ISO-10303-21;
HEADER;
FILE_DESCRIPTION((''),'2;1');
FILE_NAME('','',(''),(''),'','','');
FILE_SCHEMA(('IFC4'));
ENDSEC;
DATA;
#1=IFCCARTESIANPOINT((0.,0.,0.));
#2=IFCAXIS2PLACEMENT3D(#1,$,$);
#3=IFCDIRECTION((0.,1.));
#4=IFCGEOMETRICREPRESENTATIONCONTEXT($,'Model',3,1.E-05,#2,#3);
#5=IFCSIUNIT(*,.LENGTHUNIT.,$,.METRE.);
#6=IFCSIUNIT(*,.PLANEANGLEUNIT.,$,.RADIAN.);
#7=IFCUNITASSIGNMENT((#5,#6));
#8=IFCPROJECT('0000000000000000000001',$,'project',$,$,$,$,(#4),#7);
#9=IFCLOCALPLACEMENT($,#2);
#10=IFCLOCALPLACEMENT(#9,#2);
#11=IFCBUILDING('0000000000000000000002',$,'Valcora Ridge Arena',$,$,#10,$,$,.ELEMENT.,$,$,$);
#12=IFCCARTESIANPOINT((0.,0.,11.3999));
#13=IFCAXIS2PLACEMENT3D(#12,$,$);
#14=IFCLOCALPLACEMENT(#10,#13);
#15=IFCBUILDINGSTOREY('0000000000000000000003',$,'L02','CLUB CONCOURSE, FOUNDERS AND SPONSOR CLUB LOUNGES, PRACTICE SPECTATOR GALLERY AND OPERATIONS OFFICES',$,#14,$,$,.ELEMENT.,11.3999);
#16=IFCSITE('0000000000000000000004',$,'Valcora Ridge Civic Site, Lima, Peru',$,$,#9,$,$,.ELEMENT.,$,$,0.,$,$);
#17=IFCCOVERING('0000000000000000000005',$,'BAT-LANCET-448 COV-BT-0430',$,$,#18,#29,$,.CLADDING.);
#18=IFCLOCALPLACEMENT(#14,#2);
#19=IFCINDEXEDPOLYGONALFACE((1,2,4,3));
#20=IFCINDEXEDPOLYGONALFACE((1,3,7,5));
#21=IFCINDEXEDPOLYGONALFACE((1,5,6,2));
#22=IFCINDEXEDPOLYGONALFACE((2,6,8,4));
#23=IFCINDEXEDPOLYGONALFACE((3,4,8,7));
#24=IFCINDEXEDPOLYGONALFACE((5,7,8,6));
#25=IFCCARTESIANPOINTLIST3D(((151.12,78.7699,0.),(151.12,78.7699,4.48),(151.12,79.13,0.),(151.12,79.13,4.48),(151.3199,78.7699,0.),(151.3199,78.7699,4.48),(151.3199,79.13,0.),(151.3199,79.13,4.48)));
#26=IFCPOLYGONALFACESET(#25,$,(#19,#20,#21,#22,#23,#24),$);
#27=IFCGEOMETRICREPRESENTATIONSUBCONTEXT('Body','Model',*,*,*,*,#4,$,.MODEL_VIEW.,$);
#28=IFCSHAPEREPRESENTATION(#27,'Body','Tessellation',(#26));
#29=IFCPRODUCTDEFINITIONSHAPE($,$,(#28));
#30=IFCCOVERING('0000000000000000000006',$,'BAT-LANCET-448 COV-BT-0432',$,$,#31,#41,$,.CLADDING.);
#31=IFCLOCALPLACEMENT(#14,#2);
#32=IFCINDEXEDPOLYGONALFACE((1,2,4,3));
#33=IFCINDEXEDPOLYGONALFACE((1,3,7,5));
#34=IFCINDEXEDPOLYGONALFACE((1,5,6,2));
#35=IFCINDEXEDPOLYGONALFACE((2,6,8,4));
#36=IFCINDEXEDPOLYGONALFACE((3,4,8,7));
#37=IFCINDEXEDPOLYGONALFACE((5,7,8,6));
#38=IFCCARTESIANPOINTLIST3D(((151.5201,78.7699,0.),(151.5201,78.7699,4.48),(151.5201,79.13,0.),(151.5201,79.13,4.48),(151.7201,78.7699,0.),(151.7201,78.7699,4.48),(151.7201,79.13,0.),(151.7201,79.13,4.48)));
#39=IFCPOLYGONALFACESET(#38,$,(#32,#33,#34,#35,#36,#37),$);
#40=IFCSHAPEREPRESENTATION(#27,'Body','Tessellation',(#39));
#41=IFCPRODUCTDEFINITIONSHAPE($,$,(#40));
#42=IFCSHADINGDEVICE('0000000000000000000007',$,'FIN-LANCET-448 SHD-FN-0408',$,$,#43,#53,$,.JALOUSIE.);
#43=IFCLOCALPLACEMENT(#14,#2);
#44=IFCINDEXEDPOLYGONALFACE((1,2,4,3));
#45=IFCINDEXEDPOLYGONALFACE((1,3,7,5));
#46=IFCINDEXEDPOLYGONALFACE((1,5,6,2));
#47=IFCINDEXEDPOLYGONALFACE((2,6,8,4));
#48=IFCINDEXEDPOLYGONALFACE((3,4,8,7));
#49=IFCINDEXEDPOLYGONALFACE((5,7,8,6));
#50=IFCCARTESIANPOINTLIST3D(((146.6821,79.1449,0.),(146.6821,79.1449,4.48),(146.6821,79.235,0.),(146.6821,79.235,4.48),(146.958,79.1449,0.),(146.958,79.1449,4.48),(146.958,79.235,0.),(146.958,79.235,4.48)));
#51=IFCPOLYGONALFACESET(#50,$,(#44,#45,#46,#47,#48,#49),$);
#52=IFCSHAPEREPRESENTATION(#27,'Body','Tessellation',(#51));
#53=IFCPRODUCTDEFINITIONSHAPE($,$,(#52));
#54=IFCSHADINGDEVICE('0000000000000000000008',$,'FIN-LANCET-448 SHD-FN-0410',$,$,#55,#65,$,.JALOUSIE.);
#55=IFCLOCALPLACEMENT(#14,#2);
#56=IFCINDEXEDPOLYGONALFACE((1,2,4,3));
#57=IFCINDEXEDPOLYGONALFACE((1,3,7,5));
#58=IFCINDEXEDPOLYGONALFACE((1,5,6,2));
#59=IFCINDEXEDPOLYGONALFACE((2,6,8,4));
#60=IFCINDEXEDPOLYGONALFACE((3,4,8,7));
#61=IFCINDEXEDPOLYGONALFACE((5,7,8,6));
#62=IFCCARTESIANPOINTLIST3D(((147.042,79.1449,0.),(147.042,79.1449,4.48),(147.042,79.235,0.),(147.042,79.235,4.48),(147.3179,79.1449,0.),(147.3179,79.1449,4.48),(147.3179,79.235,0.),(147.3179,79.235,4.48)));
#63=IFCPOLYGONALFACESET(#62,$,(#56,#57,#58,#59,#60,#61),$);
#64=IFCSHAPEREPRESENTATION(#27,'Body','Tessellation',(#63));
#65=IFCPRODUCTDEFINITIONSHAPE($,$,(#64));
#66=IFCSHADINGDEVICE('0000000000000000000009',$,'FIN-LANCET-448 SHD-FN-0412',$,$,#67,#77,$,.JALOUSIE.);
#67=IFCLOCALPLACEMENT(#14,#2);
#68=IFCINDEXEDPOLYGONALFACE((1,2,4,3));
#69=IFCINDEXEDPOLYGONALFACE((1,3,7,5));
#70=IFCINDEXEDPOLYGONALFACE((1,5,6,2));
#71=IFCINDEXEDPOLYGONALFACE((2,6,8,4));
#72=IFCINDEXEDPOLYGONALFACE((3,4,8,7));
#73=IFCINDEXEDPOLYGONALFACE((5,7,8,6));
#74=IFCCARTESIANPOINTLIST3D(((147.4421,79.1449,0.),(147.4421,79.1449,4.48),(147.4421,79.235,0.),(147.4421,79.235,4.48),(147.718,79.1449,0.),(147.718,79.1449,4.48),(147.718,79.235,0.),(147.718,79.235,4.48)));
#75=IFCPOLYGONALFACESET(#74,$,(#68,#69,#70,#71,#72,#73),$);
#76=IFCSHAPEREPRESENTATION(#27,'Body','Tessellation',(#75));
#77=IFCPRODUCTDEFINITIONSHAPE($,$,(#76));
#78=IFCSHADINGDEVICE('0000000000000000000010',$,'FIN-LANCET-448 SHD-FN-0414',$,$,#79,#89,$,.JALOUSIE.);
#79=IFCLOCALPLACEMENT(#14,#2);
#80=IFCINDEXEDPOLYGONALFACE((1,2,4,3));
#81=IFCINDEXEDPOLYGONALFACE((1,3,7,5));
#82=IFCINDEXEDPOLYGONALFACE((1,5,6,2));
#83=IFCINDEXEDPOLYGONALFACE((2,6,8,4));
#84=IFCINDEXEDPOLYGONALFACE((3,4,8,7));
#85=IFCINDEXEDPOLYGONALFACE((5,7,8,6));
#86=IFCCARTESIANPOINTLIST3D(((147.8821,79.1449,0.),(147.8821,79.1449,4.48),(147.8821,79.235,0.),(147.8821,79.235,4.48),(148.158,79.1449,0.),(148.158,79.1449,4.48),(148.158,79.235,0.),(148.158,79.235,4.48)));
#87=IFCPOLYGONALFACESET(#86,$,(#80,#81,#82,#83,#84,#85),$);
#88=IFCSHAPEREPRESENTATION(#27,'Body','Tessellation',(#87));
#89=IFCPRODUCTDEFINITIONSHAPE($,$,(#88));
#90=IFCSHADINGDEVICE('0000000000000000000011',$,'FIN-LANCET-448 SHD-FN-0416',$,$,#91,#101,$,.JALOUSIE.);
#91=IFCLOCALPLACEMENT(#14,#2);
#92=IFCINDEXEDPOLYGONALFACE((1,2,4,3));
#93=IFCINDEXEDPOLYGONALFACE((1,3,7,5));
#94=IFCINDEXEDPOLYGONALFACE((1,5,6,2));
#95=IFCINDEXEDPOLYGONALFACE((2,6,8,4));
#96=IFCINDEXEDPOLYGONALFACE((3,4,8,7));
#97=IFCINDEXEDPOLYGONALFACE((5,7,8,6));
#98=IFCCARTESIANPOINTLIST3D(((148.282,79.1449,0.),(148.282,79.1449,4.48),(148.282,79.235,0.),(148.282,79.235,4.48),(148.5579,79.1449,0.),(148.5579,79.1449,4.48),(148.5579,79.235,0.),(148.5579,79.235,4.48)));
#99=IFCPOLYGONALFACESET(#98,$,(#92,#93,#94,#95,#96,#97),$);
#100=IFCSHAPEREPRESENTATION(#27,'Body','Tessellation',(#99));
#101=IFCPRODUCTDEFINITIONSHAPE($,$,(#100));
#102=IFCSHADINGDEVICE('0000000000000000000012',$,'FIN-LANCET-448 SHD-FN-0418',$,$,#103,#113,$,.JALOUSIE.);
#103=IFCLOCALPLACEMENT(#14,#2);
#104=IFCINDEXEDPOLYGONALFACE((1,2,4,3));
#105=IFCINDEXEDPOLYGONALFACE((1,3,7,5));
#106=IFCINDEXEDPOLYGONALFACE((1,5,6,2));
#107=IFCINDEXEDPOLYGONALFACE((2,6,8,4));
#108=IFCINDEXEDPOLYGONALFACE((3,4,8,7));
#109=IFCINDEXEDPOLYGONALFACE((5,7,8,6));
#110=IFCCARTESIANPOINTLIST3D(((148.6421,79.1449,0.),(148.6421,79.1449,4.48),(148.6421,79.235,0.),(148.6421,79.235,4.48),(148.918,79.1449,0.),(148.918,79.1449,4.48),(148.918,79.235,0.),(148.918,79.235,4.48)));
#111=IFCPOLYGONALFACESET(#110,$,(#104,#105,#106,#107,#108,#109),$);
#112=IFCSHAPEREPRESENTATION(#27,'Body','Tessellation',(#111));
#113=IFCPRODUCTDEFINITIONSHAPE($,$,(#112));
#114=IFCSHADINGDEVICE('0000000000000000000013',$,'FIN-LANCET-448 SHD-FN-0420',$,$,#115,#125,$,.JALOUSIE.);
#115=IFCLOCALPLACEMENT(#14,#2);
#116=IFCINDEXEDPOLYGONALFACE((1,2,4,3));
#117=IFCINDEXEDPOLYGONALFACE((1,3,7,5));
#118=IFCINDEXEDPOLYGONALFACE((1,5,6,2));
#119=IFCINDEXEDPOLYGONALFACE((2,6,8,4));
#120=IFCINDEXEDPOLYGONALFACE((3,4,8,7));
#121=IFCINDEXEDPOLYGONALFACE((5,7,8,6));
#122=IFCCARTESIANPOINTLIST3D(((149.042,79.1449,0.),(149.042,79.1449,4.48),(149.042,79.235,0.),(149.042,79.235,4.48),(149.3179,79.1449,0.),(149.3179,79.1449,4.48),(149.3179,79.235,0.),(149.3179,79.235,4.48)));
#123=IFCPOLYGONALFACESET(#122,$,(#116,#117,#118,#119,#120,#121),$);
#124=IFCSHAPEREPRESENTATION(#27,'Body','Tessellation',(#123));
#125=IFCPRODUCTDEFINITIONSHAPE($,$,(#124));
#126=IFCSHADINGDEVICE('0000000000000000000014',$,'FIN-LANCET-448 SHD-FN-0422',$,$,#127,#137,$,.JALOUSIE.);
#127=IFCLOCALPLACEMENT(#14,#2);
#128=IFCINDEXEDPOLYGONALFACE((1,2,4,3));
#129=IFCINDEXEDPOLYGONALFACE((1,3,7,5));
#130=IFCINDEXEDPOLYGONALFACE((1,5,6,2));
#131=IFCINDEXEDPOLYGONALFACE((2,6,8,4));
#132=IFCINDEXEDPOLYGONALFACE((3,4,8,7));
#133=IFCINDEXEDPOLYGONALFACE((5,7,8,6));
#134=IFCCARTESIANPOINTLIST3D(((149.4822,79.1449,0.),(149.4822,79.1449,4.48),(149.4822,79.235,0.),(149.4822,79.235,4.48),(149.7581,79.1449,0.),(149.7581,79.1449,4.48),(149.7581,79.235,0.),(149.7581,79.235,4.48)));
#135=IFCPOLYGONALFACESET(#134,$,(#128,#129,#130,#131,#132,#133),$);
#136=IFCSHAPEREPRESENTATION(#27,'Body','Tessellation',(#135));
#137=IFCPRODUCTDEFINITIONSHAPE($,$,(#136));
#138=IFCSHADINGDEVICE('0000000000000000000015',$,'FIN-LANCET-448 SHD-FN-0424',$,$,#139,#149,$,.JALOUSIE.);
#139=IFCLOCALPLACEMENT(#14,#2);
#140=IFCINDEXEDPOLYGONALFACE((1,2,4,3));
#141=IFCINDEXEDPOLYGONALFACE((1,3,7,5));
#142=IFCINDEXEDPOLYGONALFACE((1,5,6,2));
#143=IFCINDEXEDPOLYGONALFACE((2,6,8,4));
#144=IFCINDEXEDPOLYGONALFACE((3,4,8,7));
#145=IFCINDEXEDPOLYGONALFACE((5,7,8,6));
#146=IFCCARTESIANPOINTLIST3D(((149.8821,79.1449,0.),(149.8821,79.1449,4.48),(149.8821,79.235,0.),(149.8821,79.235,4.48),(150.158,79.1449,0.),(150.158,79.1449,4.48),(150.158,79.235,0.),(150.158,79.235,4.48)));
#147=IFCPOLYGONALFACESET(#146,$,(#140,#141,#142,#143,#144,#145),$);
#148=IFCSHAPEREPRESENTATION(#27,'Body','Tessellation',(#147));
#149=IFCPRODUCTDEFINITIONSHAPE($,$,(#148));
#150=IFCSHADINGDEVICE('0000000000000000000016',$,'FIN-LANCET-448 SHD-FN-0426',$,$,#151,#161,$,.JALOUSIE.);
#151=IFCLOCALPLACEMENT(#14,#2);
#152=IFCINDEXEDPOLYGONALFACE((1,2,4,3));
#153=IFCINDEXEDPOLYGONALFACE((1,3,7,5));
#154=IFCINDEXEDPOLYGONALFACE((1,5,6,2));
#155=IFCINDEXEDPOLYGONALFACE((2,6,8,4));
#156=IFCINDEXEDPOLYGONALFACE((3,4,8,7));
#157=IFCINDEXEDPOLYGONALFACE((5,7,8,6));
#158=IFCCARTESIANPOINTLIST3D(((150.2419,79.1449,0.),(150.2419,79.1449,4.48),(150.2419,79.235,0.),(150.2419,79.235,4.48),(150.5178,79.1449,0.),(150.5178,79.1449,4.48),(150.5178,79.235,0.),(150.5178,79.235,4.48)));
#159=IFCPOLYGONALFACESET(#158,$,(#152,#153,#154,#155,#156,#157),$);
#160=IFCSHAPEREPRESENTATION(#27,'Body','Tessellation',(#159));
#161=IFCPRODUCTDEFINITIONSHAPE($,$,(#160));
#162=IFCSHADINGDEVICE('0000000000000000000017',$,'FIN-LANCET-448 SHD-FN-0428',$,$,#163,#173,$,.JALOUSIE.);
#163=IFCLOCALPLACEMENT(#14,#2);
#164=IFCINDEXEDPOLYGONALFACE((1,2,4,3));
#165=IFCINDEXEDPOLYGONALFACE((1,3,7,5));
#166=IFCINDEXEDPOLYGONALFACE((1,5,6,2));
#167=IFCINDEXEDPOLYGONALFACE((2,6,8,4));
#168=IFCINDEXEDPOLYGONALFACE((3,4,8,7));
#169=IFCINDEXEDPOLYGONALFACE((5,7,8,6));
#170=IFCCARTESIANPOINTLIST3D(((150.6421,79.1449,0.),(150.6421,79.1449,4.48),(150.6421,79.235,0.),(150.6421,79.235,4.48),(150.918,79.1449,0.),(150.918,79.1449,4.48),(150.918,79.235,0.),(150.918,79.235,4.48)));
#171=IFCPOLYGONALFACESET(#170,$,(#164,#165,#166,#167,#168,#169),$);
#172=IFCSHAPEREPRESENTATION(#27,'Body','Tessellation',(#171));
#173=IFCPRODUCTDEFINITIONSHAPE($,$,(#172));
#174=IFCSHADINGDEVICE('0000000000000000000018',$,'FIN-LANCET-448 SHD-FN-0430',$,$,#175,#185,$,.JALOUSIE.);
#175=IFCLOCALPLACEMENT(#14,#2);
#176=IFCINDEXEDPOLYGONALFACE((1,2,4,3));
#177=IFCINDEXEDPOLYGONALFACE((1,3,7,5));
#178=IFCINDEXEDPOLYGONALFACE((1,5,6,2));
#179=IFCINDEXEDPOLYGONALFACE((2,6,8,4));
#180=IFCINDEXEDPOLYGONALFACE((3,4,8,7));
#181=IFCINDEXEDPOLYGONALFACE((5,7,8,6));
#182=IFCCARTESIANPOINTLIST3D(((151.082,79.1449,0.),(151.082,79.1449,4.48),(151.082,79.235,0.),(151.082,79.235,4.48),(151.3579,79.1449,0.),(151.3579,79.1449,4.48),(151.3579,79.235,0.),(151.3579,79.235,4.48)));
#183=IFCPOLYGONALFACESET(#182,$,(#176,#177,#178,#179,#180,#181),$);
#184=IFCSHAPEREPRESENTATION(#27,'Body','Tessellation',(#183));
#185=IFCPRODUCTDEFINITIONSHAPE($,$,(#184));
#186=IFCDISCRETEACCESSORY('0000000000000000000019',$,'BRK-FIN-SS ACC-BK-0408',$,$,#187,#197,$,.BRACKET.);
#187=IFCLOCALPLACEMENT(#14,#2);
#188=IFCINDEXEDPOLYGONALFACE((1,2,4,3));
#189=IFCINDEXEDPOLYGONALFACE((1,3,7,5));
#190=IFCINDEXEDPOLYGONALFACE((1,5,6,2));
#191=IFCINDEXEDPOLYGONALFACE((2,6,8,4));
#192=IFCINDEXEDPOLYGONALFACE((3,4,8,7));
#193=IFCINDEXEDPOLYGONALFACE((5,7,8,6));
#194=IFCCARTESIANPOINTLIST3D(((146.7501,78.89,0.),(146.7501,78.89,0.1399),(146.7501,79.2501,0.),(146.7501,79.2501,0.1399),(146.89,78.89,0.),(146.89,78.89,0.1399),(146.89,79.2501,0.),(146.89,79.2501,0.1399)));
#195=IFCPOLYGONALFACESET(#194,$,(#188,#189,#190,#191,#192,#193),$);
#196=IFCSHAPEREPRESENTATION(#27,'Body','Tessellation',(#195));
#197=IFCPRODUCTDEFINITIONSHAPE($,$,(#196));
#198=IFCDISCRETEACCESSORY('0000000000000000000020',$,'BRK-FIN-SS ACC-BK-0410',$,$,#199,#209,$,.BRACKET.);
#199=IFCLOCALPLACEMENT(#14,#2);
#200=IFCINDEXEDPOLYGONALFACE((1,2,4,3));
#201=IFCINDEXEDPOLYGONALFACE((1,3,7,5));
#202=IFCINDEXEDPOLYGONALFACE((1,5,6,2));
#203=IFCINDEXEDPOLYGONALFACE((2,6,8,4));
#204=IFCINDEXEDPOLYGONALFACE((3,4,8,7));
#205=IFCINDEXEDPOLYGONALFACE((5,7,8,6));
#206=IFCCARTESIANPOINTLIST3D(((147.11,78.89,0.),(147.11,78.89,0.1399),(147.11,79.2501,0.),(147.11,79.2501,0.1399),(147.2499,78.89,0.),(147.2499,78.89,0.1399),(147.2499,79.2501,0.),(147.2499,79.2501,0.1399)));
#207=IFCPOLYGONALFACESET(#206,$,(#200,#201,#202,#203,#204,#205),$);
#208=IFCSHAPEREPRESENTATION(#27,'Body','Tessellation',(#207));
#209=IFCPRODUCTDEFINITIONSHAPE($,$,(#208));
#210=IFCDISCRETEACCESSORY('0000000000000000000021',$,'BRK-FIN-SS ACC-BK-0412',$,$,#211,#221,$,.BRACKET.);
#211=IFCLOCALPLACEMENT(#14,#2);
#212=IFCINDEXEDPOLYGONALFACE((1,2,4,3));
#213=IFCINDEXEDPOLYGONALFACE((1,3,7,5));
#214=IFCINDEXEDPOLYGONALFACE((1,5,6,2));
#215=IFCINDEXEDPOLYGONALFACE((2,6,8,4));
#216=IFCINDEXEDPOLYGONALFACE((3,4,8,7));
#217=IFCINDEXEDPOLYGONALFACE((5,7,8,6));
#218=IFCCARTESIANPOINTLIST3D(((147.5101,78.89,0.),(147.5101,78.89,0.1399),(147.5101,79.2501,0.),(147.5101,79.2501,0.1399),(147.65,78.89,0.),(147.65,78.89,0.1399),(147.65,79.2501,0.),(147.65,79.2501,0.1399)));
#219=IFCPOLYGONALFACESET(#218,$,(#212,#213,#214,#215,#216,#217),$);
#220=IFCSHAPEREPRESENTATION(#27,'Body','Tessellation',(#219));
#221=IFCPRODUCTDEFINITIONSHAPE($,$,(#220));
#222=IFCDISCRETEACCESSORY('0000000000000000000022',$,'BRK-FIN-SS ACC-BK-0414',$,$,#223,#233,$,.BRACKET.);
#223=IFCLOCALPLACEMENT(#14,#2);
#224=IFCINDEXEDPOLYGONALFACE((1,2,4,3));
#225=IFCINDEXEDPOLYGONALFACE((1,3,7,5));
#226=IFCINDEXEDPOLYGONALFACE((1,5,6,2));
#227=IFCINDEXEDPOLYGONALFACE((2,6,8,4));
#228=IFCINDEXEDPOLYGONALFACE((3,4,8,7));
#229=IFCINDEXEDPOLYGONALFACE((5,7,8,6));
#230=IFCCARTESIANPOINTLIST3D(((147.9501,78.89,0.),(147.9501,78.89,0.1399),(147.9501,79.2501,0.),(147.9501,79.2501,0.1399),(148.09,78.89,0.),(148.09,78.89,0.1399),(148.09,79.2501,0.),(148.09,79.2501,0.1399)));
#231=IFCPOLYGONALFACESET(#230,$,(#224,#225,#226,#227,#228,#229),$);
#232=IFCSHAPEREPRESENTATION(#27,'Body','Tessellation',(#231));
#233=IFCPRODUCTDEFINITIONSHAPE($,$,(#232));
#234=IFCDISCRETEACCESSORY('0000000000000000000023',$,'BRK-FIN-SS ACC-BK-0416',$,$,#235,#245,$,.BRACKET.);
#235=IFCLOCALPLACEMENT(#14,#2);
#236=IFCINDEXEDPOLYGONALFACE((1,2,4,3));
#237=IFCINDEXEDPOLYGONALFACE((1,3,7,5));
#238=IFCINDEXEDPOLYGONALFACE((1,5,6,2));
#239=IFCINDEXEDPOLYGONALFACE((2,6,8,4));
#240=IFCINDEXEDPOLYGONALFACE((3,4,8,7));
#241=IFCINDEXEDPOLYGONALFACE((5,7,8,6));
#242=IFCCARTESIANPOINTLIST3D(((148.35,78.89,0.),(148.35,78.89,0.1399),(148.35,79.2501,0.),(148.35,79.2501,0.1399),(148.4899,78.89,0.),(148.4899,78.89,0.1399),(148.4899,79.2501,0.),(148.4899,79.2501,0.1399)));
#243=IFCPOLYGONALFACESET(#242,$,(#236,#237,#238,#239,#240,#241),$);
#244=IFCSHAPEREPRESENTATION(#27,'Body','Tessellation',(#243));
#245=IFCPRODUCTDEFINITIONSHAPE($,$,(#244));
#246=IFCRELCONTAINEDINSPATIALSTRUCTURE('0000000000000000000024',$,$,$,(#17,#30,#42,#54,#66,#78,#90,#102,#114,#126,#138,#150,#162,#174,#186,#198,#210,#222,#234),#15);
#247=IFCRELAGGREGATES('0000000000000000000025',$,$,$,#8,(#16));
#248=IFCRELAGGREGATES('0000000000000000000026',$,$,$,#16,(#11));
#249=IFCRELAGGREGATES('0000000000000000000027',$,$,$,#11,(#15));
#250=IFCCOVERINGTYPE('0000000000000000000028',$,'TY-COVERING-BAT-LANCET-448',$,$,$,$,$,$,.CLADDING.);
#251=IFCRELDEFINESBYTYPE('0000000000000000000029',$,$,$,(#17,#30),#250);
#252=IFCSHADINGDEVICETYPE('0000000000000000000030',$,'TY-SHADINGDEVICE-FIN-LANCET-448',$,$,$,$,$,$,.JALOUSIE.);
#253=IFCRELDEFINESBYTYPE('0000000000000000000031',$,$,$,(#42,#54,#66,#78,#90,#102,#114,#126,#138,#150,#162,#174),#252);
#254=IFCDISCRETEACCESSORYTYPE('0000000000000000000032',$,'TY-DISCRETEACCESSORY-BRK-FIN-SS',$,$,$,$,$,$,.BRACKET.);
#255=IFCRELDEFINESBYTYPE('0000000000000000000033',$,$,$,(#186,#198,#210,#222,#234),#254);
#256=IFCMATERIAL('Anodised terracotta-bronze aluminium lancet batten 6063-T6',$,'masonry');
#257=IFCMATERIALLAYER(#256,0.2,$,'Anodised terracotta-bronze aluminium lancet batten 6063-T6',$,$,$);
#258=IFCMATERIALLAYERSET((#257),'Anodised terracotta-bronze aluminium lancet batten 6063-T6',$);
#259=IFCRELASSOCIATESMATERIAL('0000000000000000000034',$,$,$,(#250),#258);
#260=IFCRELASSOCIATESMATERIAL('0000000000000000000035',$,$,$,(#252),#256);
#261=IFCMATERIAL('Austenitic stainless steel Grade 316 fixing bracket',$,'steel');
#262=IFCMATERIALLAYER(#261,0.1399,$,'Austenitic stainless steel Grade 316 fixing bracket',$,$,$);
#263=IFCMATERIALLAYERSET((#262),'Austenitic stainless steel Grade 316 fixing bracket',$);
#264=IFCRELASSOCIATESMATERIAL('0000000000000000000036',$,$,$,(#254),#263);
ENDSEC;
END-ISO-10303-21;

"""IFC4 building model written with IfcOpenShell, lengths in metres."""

from ifc_helpers import new_model, si_unit, direction, frame, origin, origin_2d, place, context, subcontext, project, spatial, rectangle, extrude, material, layer, layer_set, material_profile, profile_set, type_object, element, save


model = new_model("IFC4")

# Units and contexts
model_context = context("Model", 3, precision=1e-05, world=origin(), true_north=direction((0.0, 1.0)))
body_context = subcontext(model_context, "Body", "Model", "MODEL_VIEW")
ifc_project = project(units=[si_unit("LENGTHUNIT", "METRE"), si_unit("PLANEANGLEUNIT", "RADIAN")], contexts=[model_context])

# Site, building, storey
site_placement = place(None, origin())
site = spatial("IfcSite", under=ifc_project, at=site_placement, Name="Valcora Ridge Civic Site, Lima, Peru", CompositionType="ELEMENT", RefElevation=0.0)
building_placement = place(site_placement, origin())
building = spatial("IfcBuilding", under=site, at=building_placement, Name="Valcora Ridge Arena", CompositionType="ELEMENT")
storey_placement = place(building_placement, frame((0.0, 0.0, 11.3999)))
storey = spatial("IfcBuildingStorey", under=building, at=storey_placement, Name="L02", Description="CLUB CONCOURSE, FOUNDERS AND SPONSOR CLUB LOUNGES, PRACTICE SPECTATOR GALLERY AND OPERATIONS OFFICES", CompositionType="ELEMENT", Elevation=11.3999)

# Coverings
ifc_material_1 = material(Name="Anodised terracotta-bronze aluminium lancet batten 6063-T6", Category="masonry")
ifc_layer_1 = layer(ifc_material_1, 0.2, Name="Anodised terracotta-bronze aluminium lancet batten 6063-T6")
ifc_layer_set_1 = layer_set([ifc_layer_1], Name="Anodised terracotta-bronze aluminium lancet batten 6063-T6")
covering_type = type_object("IfcCoveringType", Name="TY-COVERING-BAT-LANCET-448", PredefinedType="CLADDING", material=ifc_layer_set_1)
for number, where, z_axis, x_axis, name in (
    (1, (151.22, 78.95, 0.0), (0.0, 0.0, 1.0), (1.0, 0.0, 0.0), "BAT-LANCET-448 COV-BT-0430"),
    (2, (151.6201, 78.95, 0.0), (0.0, 0.0, 1.0), (1.0, 0.0, 0.0), "BAT-LANCET-448 COV-BT-0432"),
):
    element("IfcCovering", number, at=place(storey_placement, frame(where, z_axis=z_axis, x_axis=x_axis)), inside=storey, type_object=covering_type, Name=name, PredefinedType="CLADDING", context=body_context, shape_type="SweptSolid", body=[
        extrude(rectangle(XDim=0.2, YDim=0.3601, at=origin_2d()), origin(), (0.0, 0.0, 1.0), 4.48),
    ])

# Shading devices
ifc_material_profile_1 = material_profile(ifc_material_1, rectangle(XDim=0.0901, YDim=0.2759, at=origin_2d()), Name="ALU LANCET BATTEN 90x276")
ifc_profile_set_1 = profile_set([ifc_material_profile_1], Name="Anodised terracotta-bronze aluminium lancet batten 6063-T6")
shading_device_type = type_object("IfcShadingDeviceType", Name="TY-SHADINGDEVICE-FIN-LANCET-448", PredefinedType="JALOUSIE", material=ifc_profile_set_1)
for number, where, z_axis, x_axis, name in (
    (3, (146.8201, 79.1899, 0.0), (0.0, 0.0, 1.0), (0.0, 1.0, 0.0), "FIN-LANCET-448 SHD-FN-0408"),
    (4, (147.1799, 79.1899, 0.0), (0.0, 0.0, 1.0), (0.0, 1.0, 0.0), "FIN-LANCET-448 SHD-FN-0410"),
    (5, (147.5801, 79.1899, 0.0), (0.0, 0.0, 1.0), (0.0, 1.0, 0.0), "FIN-LANCET-448 SHD-FN-0412"),
    (6, (148.02, 79.1899, 0.0), (0.0, 0.0, 1.0), (0.0, 1.0, 0.0), "FIN-LANCET-448 SHD-FN-0414"),
    (7, (148.4199, 79.1899, 0.0), (0.0, 0.0, 1.0), (0.0, 1.0, 0.0), "FIN-LANCET-448 SHD-FN-0416"),
    (8, (148.78, 79.1899, 0.0), (0.0, 0.0, 1.0), (0.0, 1.0, 0.0), "FIN-LANCET-448 SHD-FN-0418"),
    (9, (149.1799, 79.1899, 0.0), (0.0, 0.0, 1.0), (0.0, 1.0, 0.0), "FIN-LANCET-448 SHD-FN-0420"),
    (10, (149.6201, 79.1899, 0.0), (0.0, 0.0, 1.0), (0.0, 1.0, 0.0), "FIN-LANCET-448 SHD-FN-0422"),
    (11, (150.02, 79.1899, 0.0), (0.0, 0.0, 1.0), (0.0, 1.0, 0.0), "FIN-LANCET-448 SHD-FN-0424"),
    (12, (150.3799, 79.1899, 0.0), (0.0, 0.0, 1.0), (0.0, 1.0, 0.0), "FIN-LANCET-448 SHD-FN-0426"),
    (13, (150.78, 79.1899, 0.0), (0.0, 0.0, 1.0), (0.0, 1.0, 0.0), "FIN-LANCET-448 SHD-FN-0428"),
    (14, (151.22, 79.1899, 0.0), (0.0, 0.0, 1.0), (0.0, 1.0, 0.0), "FIN-LANCET-448 SHD-FN-0430"),
):
    element("IfcShadingDevice", number, at=place(storey_placement, frame(where, z_axis=z_axis, x_axis=x_axis)), inside=storey, type_object=shading_device_type, Name=name, PredefinedType="JALOUSIE", context=body_context, shape_type="SweptSolid", body=[
        extrude(rectangle(XDim=0.0901, YDim=0.2759, at=origin_2d()), origin(), (0.0, 0.0, 1.0), 4.48),
    ])

# Discrete accessories
ifc_material_2 = material(Name="Austenitic stainless steel Grade 316 fixing bracket", Category="steel")
ifc_layer_2 = layer(ifc_material_2, 0.1399, Name="Austenitic stainless steel Grade 316 fixing bracket")
ifc_layer_set_2 = layer_set([ifc_layer_2], Name="Austenitic stainless steel Grade 316 fixing bracket")
discrete_accessory_type = type_object("IfcDiscreteAccessoryType", Name="TY-DISCRETEACCESSORY-BRK-FIN-SS", PredefinedType="BRACKET", material=ifc_layer_set_2)
for number, where, z_axis, x_axis, name in (
    (15, (146.8201, 79.0701, 0.0), (0.0, 0.0, 1.0), (0.0, 1.0, 0.0), "BRK-FIN-SS ACC-BK-0408"),
    (16, (147.1799, 79.0701, 0.0), (0.0, 0.0, 1.0), (0.0, 1.0, 0.0), "BRK-FIN-SS ACC-BK-0410"),
    (17, (147.5801, 79.0701, 0.0), (0.0, 0.0, 1.0), (0.0, 1.0, 0.0), "BRK-FIN-SS ACC-BK-0412"),
    (18, (148.02, 79.0701, 0.0), (0.0, 0.0, 1.0), (0.0, 1.0, 0.0), "BRK-FIN-SS ACC-BK-0414"),
    (19, (148.4199, 79.0701, 0.0), (0.0, 0.0, 1.0), (0.0, 1.0, 0.0), "BRK-FIN-SS ACC-BK-0416"),
):
    element("IfcDiscreteAccessory", number, at=place(storey_placement, frame(where, z_axis=z_axis, x_axis=x_axis)), inside=storey, type_object=discrete_accessory_type, Name=name, PredefinedType="BRACKET", context=body_context, shape_type="SweptSolid", body=[
        extrude(rectangle(XDim=0.3601, YDim=0.1399, at=origin_2d()), origin(), (0.0, 0.0, 1.0), 0.1399),
    ])

save(model, "model.ifc")
